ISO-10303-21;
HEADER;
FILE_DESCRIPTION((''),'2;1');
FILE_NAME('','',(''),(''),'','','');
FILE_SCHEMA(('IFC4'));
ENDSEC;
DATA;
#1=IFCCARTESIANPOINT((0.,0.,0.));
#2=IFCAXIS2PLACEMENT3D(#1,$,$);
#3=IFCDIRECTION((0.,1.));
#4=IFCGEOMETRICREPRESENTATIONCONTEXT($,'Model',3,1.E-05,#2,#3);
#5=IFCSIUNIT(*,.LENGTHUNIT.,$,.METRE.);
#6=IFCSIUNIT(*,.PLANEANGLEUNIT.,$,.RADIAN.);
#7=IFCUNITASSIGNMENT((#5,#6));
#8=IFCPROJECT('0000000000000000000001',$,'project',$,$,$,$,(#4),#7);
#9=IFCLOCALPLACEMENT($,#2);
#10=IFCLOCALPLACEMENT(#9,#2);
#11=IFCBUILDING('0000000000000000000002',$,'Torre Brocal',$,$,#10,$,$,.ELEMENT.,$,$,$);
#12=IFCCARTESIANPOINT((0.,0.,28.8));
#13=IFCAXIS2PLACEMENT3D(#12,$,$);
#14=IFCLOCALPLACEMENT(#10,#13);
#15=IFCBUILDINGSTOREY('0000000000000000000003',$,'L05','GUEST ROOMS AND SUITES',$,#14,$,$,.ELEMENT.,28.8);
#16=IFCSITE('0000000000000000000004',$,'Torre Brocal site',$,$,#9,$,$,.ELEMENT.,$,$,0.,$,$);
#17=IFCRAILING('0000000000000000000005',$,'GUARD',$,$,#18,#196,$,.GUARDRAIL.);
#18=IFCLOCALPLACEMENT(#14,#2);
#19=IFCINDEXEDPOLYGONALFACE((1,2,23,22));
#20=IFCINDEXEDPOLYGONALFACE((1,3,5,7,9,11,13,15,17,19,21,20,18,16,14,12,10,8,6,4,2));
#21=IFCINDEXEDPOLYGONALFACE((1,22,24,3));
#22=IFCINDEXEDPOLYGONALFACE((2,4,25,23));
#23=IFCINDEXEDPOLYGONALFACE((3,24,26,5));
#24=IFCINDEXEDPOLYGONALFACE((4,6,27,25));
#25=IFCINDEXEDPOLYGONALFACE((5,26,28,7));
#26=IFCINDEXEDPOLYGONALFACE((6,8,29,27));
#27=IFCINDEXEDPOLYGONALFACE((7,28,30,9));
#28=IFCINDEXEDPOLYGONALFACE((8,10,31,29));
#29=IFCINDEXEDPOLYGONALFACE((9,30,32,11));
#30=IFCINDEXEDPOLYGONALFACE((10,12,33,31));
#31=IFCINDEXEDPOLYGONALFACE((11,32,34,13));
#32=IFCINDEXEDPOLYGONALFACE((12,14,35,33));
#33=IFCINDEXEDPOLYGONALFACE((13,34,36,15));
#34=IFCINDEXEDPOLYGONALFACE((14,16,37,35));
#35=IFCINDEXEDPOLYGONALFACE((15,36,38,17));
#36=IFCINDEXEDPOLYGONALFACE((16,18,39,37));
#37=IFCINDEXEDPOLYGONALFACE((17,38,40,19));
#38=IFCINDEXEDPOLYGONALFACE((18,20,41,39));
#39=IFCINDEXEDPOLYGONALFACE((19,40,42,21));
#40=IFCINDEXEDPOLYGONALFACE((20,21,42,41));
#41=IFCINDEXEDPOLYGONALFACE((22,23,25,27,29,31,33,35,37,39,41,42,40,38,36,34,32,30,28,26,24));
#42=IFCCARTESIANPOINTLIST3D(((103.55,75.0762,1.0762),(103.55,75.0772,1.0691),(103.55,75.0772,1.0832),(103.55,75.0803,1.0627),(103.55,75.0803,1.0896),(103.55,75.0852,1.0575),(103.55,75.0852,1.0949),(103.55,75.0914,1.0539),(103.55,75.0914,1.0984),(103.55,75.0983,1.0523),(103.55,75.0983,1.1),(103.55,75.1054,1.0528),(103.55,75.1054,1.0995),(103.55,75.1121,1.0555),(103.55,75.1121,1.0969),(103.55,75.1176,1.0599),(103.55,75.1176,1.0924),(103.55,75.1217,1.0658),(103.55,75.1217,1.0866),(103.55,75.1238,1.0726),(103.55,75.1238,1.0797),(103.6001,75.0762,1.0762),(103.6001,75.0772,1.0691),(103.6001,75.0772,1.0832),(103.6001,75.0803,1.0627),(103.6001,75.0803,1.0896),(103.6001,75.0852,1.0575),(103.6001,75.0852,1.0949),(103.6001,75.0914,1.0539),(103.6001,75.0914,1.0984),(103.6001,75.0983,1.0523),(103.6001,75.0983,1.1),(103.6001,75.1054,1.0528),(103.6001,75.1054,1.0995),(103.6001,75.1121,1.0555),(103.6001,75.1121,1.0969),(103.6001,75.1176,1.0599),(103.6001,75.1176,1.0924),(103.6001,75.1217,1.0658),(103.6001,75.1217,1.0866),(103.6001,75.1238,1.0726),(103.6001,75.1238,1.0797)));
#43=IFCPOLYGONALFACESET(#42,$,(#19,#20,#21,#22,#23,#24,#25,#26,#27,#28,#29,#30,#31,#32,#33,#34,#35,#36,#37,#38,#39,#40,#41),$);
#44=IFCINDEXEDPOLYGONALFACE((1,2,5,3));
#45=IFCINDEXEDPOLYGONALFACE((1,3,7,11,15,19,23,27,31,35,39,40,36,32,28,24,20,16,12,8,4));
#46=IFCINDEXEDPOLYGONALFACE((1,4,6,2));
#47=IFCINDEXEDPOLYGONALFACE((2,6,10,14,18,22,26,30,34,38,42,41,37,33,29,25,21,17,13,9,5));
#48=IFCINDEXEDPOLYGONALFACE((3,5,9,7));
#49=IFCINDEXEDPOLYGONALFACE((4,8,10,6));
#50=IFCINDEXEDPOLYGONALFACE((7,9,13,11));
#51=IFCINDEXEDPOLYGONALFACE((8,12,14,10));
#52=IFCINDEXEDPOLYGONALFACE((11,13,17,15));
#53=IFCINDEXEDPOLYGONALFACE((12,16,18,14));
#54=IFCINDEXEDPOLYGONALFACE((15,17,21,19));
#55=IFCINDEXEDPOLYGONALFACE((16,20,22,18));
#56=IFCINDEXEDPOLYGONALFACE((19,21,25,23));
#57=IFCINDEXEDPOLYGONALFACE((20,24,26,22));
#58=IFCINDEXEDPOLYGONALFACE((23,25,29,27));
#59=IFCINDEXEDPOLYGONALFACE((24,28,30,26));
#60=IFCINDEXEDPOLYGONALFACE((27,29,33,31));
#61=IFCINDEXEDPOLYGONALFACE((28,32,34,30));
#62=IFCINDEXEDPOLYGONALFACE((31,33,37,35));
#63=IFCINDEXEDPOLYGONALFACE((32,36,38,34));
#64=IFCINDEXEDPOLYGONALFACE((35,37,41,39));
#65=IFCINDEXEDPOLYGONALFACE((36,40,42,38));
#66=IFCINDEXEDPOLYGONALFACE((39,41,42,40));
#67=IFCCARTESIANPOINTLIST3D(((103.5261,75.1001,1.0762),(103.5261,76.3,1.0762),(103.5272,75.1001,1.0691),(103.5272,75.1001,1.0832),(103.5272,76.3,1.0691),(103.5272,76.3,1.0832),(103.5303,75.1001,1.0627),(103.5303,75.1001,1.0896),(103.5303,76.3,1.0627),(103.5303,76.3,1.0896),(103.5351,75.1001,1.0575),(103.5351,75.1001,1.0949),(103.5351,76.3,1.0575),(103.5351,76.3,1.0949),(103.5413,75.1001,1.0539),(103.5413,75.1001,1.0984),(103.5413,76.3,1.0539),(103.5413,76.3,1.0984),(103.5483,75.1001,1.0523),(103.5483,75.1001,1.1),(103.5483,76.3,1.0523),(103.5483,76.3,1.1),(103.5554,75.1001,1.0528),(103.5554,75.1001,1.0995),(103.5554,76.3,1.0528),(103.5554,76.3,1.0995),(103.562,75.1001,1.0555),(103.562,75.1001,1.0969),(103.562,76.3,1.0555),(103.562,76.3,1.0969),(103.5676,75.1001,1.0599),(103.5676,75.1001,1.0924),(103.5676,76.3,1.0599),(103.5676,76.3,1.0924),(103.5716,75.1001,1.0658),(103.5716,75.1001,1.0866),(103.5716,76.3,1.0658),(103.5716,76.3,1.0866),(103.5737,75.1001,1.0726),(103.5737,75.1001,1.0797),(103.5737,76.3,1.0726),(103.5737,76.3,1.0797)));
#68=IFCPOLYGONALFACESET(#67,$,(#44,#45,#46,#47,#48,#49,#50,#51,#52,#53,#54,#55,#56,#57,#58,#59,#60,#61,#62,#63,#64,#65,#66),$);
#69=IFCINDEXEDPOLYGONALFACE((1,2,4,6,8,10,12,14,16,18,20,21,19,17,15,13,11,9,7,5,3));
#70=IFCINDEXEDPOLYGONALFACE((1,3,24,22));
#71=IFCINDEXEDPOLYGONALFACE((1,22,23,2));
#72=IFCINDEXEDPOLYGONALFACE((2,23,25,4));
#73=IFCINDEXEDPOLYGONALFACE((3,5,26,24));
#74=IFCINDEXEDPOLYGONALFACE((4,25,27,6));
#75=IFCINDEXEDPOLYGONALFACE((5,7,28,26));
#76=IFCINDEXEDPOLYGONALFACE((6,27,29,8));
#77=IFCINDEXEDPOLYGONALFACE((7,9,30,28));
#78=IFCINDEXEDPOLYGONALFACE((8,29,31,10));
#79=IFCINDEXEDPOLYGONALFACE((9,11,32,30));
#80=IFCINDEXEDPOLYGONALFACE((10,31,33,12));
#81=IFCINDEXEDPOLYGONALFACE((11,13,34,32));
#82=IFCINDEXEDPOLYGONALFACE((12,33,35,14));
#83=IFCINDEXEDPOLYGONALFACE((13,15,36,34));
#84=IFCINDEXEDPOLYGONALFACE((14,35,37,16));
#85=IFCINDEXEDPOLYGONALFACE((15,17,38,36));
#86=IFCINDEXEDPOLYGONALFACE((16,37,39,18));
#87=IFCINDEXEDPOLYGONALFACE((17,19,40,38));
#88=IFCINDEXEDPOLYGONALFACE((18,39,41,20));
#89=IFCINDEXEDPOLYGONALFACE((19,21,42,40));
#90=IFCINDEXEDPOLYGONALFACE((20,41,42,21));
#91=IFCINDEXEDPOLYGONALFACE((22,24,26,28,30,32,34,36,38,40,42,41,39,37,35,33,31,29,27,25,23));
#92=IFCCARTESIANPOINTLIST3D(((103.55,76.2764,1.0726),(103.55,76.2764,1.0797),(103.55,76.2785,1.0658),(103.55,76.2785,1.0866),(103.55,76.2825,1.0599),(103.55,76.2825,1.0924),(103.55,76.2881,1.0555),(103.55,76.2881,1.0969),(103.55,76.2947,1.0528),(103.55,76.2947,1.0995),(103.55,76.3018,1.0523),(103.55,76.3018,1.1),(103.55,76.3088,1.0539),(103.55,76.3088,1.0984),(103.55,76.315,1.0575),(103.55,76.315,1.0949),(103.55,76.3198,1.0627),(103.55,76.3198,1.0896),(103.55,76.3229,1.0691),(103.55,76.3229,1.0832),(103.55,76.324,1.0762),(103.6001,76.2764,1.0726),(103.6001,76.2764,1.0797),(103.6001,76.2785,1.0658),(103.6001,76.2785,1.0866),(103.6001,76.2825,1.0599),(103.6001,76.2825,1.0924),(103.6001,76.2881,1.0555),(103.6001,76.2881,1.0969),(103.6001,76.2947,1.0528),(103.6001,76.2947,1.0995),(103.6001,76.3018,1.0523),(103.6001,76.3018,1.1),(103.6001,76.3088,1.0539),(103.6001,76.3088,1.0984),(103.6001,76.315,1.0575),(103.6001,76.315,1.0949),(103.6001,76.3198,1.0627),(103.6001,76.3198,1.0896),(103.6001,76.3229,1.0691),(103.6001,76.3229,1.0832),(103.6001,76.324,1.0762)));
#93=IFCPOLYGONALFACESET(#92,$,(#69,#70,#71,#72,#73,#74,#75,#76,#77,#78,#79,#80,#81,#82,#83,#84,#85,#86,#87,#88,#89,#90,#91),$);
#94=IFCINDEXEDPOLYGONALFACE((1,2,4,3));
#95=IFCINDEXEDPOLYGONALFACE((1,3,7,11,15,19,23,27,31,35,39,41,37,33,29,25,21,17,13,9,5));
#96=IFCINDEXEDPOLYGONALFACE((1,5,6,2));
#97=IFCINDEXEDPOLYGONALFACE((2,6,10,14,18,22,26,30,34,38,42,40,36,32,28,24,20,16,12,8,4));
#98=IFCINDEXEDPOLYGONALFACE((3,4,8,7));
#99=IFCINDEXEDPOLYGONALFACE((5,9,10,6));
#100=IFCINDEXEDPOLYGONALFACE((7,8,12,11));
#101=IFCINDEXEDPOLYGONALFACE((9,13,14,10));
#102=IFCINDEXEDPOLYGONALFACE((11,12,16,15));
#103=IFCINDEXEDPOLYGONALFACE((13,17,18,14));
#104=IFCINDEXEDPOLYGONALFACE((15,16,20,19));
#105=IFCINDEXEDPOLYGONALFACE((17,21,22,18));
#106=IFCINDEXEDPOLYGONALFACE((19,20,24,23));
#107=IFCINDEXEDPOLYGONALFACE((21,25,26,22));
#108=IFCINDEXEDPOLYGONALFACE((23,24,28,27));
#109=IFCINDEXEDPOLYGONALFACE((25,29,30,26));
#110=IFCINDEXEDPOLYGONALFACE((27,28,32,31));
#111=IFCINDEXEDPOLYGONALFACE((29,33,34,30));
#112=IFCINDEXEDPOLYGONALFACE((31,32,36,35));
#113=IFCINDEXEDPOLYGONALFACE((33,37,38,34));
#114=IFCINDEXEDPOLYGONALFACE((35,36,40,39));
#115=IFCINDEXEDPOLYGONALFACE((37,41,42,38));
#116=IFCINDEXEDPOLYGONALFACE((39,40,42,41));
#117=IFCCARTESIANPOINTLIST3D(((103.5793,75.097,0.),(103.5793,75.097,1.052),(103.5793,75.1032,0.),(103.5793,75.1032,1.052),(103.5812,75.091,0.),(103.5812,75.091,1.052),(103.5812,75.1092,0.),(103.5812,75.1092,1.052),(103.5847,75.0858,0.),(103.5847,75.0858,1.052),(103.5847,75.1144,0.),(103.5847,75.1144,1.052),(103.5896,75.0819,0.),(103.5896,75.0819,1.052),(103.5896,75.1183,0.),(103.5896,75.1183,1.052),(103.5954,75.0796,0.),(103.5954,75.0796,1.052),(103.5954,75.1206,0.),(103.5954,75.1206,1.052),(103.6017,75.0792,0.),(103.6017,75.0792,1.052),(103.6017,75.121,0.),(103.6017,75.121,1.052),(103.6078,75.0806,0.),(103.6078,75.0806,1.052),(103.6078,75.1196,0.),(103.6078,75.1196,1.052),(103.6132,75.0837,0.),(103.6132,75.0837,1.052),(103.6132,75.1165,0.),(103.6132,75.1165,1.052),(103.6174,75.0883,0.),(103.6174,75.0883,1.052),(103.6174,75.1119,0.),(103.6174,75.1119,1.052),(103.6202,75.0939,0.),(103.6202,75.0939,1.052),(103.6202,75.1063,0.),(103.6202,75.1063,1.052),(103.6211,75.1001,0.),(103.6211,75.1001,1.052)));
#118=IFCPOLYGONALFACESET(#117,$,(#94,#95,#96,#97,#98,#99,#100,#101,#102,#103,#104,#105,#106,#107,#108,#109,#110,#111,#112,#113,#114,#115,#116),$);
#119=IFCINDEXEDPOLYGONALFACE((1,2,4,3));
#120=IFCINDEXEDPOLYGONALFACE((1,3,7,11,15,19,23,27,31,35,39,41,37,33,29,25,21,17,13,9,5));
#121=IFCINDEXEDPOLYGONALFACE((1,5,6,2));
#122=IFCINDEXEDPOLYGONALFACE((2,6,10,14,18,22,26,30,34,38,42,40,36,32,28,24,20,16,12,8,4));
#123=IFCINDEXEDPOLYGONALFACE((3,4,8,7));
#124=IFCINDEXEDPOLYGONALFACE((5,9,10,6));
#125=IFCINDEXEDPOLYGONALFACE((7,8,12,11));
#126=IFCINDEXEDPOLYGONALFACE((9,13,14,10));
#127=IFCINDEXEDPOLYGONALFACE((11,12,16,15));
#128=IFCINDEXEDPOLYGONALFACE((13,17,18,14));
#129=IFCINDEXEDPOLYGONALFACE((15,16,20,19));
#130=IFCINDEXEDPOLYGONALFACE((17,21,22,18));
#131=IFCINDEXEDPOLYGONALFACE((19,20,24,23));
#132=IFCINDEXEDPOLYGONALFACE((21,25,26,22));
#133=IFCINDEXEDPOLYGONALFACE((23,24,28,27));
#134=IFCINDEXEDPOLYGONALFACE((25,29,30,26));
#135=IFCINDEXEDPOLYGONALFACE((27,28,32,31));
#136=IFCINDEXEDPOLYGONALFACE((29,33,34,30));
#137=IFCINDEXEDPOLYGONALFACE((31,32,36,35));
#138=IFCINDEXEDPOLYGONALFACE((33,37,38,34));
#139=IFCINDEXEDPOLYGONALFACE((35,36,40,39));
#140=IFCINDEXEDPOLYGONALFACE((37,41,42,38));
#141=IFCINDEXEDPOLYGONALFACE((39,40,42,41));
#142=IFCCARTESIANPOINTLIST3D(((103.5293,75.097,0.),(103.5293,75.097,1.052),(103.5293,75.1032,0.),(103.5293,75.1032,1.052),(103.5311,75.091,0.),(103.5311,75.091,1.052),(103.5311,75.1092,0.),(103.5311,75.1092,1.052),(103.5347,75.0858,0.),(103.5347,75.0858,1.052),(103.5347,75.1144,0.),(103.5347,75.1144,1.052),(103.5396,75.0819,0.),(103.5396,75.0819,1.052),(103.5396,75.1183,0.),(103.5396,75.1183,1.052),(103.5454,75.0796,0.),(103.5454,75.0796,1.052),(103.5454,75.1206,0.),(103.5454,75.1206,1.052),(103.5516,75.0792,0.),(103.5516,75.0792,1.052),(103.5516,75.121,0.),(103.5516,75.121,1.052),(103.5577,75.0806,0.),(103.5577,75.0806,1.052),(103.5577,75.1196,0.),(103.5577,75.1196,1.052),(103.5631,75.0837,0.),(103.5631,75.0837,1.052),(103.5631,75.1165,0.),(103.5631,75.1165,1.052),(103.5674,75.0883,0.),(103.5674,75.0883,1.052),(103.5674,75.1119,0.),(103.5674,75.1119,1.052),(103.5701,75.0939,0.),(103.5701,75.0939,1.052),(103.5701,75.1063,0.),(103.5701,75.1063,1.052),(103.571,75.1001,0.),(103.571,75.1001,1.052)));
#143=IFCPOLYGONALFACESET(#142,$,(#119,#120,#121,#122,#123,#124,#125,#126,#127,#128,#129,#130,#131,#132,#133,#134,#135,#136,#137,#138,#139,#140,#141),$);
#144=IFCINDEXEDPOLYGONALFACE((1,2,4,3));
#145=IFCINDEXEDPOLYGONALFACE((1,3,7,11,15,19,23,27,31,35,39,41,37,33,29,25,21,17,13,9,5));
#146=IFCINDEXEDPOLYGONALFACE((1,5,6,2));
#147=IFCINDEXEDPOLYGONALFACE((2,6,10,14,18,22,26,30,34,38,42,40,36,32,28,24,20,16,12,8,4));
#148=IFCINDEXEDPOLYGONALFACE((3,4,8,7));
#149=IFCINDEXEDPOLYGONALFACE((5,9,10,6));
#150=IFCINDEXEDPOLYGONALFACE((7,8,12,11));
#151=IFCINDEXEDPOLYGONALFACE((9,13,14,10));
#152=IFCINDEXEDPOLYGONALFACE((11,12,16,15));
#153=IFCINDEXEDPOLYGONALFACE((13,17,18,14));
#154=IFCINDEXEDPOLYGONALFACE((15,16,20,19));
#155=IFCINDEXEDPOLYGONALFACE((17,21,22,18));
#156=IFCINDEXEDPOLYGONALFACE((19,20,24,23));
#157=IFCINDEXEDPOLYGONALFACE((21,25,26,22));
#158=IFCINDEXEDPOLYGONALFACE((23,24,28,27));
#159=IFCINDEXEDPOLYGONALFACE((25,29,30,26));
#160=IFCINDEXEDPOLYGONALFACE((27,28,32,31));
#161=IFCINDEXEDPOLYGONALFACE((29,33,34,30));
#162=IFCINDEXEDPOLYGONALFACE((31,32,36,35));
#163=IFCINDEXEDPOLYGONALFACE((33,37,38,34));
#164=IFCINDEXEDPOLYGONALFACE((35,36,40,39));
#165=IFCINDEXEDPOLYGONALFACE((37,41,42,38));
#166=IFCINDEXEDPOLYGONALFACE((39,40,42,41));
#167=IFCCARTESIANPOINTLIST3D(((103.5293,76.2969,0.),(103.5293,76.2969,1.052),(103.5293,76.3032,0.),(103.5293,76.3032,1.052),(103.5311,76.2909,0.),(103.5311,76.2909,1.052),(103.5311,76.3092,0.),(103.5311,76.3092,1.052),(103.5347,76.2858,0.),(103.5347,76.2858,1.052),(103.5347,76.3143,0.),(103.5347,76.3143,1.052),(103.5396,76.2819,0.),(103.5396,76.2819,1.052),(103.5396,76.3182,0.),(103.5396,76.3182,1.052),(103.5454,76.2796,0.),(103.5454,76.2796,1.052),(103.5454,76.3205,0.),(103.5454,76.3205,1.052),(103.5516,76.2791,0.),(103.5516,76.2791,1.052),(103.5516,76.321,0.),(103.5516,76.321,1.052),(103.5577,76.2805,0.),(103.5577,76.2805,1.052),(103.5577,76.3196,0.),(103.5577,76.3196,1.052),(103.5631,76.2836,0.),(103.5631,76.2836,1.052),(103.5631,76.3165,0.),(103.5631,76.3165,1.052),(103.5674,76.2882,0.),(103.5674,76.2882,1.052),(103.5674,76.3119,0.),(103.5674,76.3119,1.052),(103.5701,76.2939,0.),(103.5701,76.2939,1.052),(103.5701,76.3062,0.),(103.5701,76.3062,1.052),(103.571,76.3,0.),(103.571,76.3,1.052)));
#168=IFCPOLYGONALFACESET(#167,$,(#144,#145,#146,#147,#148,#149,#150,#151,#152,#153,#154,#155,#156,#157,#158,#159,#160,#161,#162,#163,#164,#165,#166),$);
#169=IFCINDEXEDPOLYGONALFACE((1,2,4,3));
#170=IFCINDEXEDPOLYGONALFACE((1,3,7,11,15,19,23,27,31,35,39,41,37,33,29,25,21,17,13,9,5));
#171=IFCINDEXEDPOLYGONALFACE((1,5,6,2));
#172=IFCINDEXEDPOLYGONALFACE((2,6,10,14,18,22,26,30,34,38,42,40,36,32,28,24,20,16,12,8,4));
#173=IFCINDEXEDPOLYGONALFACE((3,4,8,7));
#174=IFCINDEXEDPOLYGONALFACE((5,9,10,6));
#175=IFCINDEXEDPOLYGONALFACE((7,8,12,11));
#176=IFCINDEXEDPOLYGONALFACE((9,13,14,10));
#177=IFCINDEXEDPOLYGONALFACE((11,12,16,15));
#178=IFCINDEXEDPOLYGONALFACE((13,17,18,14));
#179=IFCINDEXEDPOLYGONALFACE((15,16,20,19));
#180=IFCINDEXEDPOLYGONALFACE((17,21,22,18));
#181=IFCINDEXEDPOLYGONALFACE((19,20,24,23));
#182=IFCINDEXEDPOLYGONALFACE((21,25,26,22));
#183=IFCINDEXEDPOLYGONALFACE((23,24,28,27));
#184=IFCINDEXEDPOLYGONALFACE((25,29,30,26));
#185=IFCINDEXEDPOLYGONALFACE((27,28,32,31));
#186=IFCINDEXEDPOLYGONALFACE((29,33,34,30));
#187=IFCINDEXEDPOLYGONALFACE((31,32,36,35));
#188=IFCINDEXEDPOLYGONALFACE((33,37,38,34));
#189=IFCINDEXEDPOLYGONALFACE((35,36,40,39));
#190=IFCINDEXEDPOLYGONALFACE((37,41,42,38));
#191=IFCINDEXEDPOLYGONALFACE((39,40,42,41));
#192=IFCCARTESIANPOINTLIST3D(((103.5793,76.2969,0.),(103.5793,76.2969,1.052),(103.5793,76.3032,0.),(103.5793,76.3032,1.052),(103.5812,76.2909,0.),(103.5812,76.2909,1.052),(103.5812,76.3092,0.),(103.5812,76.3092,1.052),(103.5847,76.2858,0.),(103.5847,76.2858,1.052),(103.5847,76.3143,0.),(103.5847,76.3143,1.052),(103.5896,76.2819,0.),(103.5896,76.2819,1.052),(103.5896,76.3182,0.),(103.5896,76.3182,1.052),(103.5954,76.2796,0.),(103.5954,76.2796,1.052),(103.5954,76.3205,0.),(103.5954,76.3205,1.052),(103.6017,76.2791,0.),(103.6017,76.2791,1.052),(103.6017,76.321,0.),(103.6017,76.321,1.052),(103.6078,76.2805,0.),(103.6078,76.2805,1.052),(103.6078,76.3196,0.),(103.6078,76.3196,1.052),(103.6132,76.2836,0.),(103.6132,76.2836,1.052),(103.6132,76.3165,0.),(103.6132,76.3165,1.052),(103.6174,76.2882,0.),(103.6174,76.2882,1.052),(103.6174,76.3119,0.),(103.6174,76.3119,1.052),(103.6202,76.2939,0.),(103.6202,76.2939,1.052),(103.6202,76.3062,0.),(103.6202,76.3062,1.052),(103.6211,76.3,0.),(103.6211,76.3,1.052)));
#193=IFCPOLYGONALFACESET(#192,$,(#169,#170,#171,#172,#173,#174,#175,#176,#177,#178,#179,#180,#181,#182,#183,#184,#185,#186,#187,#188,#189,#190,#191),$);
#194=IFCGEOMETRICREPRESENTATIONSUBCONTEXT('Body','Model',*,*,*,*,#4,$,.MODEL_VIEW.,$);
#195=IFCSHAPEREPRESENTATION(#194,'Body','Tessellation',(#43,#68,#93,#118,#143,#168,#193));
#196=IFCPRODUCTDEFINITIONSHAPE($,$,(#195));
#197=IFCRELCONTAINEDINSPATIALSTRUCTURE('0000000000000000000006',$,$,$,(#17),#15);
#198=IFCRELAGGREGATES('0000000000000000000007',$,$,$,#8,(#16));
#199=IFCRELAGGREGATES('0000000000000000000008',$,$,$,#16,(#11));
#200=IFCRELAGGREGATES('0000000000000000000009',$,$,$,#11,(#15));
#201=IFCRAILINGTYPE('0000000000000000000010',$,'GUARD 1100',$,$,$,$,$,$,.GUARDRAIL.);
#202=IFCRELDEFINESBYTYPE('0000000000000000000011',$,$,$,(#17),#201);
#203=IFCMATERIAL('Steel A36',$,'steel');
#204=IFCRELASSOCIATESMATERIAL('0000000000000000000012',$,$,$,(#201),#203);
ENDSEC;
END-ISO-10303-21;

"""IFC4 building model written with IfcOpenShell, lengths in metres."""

from ifc_helpers import new_model, si_unit, direction, frame, origin, origin_2d, place, context, subcontext, project, spatial, circle, extrude, material, type_object, element, save


model = new_model("IFC4")

# Units and contexts
model_context = context("Model", 3, precision=1e-05, world=origin(), true_north=direction((0.0, 1.0)))
body_context = subcontext(model_context, "Body", "Model", "MODEL_VIEW")
ifc_project = project(units=[si_unit("LENGTHUNIT", "METRE"), si_unit("PLANEANGLEUNIT", "RADIAN")], contexts=[model_context])

# Site, building, storey
site_placement = place(None, origin())
site = spatial("IfcSite", under=ifc_project, at=site_placement, Name="Torre Brocal site", CompositionType="ELEMENT", RefElevation=0.0)
building_placement = place(site_placement, origin())
building = spatial("IfcBuilding", under=site, at=building_placement, Name="Torre Brocal", CompositionType="ELEMENT")
storey_placement = place(building_placement, frame((0.0, 0.0, 28.8)))
storey = spatial("IfcBuildingStorey", under=building, at=storey_placement, Name="L05", Description="GUEST ROOMS AND SUITES", CompositionType="ELEMENT", Elevation=28.8)

# Railing
ifc_material_1 = material(Name="Steel A36", Category="steel")
railing_type = type_object("IfcRailingType", Name="GUARD 1100", PredefinedType="GUARDRAIL", material=ifc_material_1)
railing_placement = place(storey_placement, frame((103.6001, 75.1001, 0.0)))
element("IfcRailing", 1, at=railing_placement, inside=storey, type_object=railing_type, Name="GUARD", PredefinedType="GUARDRAIL", context=body_context, shape_type="SweptSolid", body=[
    extrude(circle(Radius=0.0239, at=origin_2d()), frame((0.0, 0.0, 1.0762), z_axis=(-1.0, 0.0, 0.0), x_axis=(0.0, -1.0, 0.0)), (0.0, 0.0, 1.0), 0.05),
    extrude(circle(Radius=0.0239, at=origin_2d()), frame((-0.05, 0.0, 1.0762), z_axis=(0.0, 1.0, 0.0), x_axis=(-1.0, 0.0, 0.0)), (0.0, 0.0, 1.0), 1.2),
    extrude(circle(Radius=0.0239, at=origin_2d()), frame((-0.05, 1.2, 1.0762), z_axis=(1.0, 0.0, 0.0), x_axis=(0.0, 1.0, 0.0)), (0.0, 0.0, 1.0), 0.05),
    extrude(circle(Radius=0.021, at=origin_2d()), origin(), (0.0, 0.0, 1.0), 1.052),
    extrude(circle(Radius=0.021, at=origin_2d()), frame((-0.05, 0.0, 0.0)), (0.0, 0.0, 1.0), 1.052),
    extrude(circle(Radius=0.021, at=origin_2d()), frame((-0.05, 1.2, 0.0)), (0.0, 0.0, 1.0), 1.052),
    extrude(circle(Radius=0.021, at=origin_2d()), frame((0.0, 1.2, 0.0)), (0.0, 0.0, 1.0), 1.052),
])

save(model, "model.ifc")
